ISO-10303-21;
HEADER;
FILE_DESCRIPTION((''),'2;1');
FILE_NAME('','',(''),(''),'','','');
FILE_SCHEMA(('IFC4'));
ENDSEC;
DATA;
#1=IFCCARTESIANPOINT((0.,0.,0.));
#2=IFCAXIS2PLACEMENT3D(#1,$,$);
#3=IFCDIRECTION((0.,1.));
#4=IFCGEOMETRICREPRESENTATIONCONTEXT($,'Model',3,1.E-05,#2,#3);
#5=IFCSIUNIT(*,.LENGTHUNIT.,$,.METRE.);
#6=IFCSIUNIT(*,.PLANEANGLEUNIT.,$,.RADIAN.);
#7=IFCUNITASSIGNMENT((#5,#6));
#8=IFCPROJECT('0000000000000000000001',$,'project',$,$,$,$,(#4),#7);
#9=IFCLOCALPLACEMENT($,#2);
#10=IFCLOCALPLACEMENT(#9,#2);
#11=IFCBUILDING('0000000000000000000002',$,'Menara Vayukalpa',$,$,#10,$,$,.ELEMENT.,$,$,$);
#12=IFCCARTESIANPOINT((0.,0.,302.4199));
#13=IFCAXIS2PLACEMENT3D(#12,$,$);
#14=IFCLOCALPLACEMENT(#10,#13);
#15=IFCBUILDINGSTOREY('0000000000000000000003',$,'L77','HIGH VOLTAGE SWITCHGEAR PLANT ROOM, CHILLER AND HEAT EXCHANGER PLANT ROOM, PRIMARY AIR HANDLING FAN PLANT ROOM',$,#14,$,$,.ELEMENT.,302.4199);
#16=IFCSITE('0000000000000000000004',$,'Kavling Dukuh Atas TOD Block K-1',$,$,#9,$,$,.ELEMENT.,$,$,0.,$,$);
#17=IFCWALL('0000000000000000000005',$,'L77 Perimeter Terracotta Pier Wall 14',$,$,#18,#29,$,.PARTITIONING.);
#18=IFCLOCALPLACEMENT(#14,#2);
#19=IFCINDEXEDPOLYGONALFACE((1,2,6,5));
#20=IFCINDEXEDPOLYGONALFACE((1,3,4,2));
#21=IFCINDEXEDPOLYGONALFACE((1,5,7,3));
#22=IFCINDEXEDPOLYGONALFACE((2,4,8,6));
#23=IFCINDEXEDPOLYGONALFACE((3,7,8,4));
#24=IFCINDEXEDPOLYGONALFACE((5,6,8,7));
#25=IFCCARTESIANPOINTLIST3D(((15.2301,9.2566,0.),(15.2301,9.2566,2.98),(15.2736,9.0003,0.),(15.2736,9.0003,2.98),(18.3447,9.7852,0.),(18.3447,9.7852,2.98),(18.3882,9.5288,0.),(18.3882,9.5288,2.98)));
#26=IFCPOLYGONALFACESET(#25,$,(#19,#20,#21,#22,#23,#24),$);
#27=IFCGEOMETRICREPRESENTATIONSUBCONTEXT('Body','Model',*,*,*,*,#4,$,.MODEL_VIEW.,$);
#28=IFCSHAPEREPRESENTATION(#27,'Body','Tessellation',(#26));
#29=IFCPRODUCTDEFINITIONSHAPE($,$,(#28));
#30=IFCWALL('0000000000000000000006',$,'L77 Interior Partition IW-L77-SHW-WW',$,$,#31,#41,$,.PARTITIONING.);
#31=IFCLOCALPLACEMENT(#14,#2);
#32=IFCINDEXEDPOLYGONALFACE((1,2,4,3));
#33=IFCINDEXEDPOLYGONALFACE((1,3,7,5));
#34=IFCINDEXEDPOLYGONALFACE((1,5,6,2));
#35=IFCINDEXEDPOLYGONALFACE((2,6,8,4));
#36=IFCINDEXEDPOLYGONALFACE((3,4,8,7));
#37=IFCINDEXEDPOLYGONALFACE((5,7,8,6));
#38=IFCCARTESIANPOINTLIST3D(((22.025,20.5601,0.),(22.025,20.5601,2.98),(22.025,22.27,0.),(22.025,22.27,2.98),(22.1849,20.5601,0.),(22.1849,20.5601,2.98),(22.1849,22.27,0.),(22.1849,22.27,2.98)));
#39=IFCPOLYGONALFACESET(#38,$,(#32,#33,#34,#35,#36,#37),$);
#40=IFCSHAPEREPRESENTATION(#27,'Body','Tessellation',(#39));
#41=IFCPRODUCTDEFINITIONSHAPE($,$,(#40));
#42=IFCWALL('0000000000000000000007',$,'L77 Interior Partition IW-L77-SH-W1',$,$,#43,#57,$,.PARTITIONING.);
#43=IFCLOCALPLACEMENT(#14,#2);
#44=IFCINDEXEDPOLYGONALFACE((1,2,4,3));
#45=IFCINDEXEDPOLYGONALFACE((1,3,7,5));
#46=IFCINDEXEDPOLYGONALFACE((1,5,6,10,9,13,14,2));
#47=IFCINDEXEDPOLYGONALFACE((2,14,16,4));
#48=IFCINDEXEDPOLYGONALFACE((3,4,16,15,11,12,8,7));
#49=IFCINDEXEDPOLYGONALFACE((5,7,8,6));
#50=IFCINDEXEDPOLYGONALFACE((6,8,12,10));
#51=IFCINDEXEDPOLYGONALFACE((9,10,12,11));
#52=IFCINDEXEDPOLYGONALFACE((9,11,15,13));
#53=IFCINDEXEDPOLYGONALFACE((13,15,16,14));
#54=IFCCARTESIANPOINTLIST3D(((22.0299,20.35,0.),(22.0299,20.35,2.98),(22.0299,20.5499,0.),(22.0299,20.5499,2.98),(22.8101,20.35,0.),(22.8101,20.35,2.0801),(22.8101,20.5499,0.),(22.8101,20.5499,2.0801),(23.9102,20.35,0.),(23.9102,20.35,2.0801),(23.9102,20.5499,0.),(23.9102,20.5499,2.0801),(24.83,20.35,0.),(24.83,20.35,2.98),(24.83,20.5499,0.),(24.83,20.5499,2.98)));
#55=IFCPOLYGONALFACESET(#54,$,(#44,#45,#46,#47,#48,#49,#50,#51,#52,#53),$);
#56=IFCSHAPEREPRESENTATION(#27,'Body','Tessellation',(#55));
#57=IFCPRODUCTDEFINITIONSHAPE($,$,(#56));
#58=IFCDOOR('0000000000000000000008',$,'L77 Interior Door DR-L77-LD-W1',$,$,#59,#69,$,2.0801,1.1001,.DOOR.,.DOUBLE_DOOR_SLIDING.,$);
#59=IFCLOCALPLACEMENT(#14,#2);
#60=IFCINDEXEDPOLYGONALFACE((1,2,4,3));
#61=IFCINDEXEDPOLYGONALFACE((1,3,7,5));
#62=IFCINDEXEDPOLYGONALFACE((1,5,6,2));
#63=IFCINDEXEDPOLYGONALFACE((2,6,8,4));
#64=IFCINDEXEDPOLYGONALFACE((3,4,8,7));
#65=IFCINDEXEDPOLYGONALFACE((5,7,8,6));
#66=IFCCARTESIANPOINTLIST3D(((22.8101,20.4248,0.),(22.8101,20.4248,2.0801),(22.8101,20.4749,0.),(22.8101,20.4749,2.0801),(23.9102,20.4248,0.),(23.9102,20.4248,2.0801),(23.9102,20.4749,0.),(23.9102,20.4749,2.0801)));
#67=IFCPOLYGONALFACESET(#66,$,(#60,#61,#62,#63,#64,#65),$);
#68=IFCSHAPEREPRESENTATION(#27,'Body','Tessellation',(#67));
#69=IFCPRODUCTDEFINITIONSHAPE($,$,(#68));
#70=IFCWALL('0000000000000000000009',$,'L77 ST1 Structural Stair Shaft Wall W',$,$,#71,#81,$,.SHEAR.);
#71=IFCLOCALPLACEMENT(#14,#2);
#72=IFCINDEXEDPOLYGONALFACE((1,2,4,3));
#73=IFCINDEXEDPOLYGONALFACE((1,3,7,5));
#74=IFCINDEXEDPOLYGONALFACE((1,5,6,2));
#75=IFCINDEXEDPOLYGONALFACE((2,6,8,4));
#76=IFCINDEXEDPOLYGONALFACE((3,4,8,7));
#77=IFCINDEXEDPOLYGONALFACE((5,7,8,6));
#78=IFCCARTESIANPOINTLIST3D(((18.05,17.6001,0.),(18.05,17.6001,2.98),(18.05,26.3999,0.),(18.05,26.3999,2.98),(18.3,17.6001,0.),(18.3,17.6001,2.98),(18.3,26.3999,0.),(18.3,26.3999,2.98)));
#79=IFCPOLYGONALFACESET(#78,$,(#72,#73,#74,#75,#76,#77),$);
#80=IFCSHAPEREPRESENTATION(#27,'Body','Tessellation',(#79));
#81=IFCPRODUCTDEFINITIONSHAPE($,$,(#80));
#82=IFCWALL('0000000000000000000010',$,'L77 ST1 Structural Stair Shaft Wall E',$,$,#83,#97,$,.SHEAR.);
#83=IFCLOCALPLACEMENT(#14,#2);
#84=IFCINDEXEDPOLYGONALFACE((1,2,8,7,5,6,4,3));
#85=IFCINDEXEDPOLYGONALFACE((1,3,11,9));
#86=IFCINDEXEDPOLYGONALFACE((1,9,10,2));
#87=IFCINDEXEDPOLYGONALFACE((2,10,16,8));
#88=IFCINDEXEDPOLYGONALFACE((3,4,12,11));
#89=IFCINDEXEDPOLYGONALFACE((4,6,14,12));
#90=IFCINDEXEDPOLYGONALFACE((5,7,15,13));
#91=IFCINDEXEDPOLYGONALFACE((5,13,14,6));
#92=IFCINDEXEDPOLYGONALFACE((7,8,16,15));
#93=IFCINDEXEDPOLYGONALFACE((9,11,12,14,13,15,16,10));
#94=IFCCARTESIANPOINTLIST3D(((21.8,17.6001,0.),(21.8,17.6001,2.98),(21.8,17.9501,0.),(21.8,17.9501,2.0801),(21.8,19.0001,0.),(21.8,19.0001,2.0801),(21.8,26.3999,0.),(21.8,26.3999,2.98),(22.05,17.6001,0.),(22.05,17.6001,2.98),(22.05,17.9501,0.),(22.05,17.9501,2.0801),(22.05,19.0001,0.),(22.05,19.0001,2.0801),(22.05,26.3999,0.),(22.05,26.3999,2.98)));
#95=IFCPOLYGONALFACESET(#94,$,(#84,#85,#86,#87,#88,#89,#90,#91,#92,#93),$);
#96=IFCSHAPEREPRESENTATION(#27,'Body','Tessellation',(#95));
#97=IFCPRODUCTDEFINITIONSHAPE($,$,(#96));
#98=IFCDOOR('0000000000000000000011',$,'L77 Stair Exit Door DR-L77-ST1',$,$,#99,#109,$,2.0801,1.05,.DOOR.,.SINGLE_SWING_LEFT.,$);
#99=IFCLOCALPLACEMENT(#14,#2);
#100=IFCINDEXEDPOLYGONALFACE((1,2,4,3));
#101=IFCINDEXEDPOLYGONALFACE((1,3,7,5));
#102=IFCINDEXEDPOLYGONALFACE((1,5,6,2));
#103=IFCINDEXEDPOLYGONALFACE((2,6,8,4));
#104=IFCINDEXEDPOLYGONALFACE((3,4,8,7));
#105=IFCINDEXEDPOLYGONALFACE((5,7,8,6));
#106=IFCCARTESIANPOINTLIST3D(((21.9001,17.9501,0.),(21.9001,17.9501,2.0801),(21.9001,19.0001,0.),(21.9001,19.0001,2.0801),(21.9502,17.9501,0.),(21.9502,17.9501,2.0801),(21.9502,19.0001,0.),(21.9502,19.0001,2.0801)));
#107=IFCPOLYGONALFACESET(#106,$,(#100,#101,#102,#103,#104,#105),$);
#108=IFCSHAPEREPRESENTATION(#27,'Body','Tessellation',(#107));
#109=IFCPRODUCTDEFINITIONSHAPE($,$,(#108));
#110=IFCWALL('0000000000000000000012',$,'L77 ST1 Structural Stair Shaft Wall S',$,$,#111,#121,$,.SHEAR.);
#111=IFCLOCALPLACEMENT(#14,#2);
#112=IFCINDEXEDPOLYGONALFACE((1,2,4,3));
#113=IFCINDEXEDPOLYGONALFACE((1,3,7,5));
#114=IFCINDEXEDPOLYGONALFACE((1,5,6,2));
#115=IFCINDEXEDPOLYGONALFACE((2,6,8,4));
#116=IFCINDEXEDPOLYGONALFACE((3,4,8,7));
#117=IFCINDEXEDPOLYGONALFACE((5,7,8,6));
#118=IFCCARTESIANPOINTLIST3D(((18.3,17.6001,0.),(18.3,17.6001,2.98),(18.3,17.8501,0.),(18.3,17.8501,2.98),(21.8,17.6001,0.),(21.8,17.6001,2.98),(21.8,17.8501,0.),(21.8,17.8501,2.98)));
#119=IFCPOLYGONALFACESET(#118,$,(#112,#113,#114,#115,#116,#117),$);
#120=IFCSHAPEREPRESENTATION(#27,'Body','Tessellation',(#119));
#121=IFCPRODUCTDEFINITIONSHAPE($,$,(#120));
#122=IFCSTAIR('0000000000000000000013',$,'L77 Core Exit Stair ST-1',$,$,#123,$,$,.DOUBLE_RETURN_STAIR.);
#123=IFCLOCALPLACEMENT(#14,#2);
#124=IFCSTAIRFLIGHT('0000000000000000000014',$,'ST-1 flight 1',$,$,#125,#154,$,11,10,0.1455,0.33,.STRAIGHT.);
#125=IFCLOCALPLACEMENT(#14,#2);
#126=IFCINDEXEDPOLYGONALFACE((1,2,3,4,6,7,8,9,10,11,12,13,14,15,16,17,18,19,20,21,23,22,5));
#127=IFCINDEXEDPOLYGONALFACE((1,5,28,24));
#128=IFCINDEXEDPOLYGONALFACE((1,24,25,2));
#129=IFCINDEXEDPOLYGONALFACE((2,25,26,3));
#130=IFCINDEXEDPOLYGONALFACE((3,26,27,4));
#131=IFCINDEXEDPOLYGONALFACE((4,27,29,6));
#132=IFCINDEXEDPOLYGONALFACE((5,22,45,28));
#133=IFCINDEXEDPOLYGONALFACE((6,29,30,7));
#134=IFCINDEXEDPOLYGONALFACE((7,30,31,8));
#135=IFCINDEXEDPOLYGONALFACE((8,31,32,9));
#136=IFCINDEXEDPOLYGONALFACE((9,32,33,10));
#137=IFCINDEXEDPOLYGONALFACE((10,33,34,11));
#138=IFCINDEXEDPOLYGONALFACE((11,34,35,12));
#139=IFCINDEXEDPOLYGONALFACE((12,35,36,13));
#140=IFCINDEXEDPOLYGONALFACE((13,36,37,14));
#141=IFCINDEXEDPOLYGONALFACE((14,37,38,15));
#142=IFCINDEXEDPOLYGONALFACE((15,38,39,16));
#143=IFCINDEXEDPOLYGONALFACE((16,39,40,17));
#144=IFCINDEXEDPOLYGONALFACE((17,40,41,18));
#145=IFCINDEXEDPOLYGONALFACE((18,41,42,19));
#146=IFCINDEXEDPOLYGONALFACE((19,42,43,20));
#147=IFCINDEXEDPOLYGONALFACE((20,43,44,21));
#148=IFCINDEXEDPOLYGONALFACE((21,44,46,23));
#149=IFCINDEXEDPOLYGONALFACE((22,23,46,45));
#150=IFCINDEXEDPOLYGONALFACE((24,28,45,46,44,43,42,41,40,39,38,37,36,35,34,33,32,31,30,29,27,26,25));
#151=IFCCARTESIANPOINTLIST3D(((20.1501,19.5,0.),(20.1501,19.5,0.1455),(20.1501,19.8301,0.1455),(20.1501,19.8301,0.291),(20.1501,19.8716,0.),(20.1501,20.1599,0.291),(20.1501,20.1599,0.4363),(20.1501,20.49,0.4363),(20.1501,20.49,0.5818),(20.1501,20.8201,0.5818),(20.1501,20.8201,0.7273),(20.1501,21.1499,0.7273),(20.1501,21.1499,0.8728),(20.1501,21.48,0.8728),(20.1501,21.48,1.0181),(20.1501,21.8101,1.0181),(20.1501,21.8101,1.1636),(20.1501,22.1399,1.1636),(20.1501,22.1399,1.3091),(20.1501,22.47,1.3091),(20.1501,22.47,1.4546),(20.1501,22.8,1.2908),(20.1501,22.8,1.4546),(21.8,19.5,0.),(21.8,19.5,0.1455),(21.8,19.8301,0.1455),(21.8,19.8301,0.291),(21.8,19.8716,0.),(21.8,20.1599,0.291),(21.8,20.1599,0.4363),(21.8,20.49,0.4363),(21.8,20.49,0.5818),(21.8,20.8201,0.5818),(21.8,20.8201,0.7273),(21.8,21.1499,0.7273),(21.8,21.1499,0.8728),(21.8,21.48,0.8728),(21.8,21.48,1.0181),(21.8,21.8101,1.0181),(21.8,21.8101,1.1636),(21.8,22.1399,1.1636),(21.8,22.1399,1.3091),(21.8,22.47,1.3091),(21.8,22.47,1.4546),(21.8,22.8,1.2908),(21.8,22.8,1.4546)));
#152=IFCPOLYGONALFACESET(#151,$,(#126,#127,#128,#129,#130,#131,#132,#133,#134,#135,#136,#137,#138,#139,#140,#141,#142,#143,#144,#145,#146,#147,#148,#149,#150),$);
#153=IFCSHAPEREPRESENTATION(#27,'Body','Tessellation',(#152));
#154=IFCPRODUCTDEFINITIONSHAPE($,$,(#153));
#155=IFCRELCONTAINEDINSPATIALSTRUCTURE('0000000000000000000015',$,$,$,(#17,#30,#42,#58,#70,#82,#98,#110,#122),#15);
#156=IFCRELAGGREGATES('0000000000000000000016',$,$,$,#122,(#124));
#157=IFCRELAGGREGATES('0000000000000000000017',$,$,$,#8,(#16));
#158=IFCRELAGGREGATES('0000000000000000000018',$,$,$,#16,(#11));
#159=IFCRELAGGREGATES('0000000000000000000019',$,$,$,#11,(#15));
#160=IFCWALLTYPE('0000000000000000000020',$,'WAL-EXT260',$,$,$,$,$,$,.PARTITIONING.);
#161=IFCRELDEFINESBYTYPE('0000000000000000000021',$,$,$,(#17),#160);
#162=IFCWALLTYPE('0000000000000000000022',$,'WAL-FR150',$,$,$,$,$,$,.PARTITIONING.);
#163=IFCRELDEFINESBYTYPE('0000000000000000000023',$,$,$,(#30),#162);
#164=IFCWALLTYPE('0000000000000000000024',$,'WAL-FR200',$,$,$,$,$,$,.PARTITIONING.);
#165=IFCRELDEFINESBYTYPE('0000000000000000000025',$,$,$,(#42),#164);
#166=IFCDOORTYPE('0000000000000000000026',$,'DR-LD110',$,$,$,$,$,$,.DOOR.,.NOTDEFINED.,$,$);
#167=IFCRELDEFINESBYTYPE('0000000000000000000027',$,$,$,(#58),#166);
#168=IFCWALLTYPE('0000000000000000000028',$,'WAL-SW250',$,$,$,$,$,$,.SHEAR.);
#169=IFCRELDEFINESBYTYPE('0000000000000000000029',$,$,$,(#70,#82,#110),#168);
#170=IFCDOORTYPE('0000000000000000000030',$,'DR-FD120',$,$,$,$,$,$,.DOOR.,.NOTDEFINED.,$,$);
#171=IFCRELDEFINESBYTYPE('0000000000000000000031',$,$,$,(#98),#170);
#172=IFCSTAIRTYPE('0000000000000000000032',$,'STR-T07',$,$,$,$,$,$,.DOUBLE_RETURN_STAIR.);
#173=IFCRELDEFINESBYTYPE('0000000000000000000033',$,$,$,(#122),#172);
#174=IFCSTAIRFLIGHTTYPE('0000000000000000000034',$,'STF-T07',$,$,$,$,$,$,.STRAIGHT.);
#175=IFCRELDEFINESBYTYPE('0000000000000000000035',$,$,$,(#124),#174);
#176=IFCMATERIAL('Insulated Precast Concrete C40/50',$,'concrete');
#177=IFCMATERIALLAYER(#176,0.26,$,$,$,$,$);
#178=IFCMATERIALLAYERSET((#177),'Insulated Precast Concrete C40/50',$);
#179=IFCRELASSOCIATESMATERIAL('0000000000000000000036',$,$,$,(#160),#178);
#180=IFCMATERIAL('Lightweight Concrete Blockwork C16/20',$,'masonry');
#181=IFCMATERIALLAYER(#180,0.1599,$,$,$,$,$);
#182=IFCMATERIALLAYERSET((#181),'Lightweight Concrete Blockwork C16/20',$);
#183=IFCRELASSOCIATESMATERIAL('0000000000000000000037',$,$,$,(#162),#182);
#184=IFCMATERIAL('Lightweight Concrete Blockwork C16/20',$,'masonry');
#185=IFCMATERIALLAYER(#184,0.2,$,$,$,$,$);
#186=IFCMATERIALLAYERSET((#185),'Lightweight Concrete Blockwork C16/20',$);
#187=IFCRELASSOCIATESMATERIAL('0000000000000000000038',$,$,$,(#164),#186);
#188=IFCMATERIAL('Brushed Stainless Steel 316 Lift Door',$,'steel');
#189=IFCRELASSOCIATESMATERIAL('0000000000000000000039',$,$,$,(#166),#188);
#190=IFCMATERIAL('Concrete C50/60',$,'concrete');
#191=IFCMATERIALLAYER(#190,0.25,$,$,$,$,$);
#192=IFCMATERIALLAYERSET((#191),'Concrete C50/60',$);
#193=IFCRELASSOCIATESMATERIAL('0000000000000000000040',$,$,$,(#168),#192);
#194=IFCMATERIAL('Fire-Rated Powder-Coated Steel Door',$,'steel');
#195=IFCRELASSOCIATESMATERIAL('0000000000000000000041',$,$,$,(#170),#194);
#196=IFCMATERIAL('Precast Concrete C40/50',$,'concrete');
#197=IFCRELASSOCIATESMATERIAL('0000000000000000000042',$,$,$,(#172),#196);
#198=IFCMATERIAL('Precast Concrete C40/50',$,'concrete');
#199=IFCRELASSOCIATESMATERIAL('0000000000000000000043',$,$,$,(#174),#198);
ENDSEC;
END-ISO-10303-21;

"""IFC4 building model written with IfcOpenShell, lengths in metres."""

from ifc_helpers import new_model, si_unit, direction, frame, frame_2d, origin, place, context, subcontext, project, spatial, polyline, rectangle, outline, extrude, material, layer, layer_set, type_object, element, fill, aggregate, save


model = new_model("IFC4")

# Units and contexts
model_context = context("Model", 3, precision=1e-05, world=origin(), true_north=direction((0.0, 1.0)))
body_context = subcontext(model_context, "Body", "Model", "MODEL_VIEW")
ifc_project = project(units=[si_unit("LENGTHUNIT", "METRE"), si_unit("PLANEANGLEUNIT", "RADIAN")], contexts=[model_context])

# Site, building, storey
site_placement = place(None, origin())
site = spatial("IfcSite", under=ifc_project, at=site_placement, Name="Kavling Dukuh Atas TOD Block K-1", CompositionType="ELEMENT", RefElevation=0.0)
building_placement = place(site_placement, origin())
building = spatial("IfcBuilding", under=site, at=building_placement, Name="Menara Vayukalpa", CompositionType="ELEMENT")
storey_placement = place(building_placement, frame((0.0, 0.0, 302.4199)))
storey = spatial("IfcBuildingStorey", under=building, at=storey_placement, Name="L77", Description="HIGH VOLTAGE SWITCHGEAR PLANT ROOM, CHILLER AND HEAT EXCHANGER PLANT ROOM, PRIMARY AIR HANDLING FAN PLANT ROOM", CompositionType="ELEMENT", Elevation=302.4199)

# Walls
ifc_material_1 = material(Name="Insulated Precast Concrete C40/50", Category="concrete")
ifc_layer_1 = layer(ifc_material_1, 0.26)
ifc_layer_set_1 = layer_set([ifc_layer_1], Name="Insulated Precast Concrete C40/50")
wall_type_1 = type_object("IfcWallType", Name="WAL-EXT260", PredefinedType="PARTITIONING", material=ifc_layer_set_1)
wall_1_placement = place(storey_placement, frame((18.3665, 9.657, 0.0), z_axis=(0.0, 0.0, 1.0), x_axis=(-0.985905, -0.167306, 0.0)))
element("IfcWall", 1, at=wall_1_placement, inside=storey, type_object=wall_type_1, Name="L77 Perimeter Terracotta Pier Wall 14", PredefinedType="PARTITIONING", context=body_context, shape_type="SweptSolid", body=[
    extrude(rectangle(XDim=3.1592, YDim=0.26, at=frame_2d((1.5796, 0.0))), origin(), (0.0, 0.0, 1.0), 2.98),
])
ifc_material_2 = material(Name="Lightweight Concrete Blockwork C16/20", Category="masonry")
ifc_layer_2 = layer(ifc_material_2, 0.1599)
ifc_layer_set_2 = layer_set([ifc_layer_2], Name="Lightweight Concrete Blockwork C16/20")
wall_type_2 = type_object("IfcWallType", Name="WAL-FR150", PredefinedType="PARTITIONING", material=ifc_layer_set_2)
wall_2_placement = place(storey_placement, frame((22.105, 20.5601, 0.0), z_axis=(0.0, 0.0, 1.0), x_axis=(0.0, 1.0, 0.0)))
element("IfcWall", 2, at=wall_2_placement, inside=storey, type_object=wall_type_2, Name="L77 Interior Partition IW-L77-SHW-WW", PredefinedType="PARTITIONING", context=body_context, shape_type="SweptSolid", body=[
    extrude(rectangle(XDim=1.71, YDim=0.1599, at=frame_2d((0.855, 0.0))), origin(), (0.0, 0.0, 1.0), 2.98),
])

# Wall, opening, door
ifc_material_3 = material(Name="Lightweight Concrete Blockwork C16/20", Category="masonry")
ifc_layer_3 = layer(ifc_material_3, 0.2)
ifc_layer_set_3 = layer_set([ifc_layer_3], Name="Lightweight Concrete Blockwork C16/20")
wall_type_3 = type_object("IfcWallType", Name="WAL-FR200", PredefinedType="PARTITIONING", material=ifc_layer_set_3)
wall_3_placement = place(storey_placement, frame((22.03, 20.45, 0.0), z_axis=(0.0, 0.0, 1.0), x_axis=(1.0, 0.0, 0.0)))
wall_3 = element("IfcWall", 3, at=wall_3_placement, inside=storey, type_object=wall_type_3, Name="L77 Interior Partition IW-L77-SH-W1", PredefinedType="PARTITIONING", context=body_context, shape_type="SweptSolid", body=[
    extrude(rectangle(XDim=2.8, YDim=0.2, at=frame_2d((1.3999, 0.0))), origin(), (0.0, 0.0, 1.0), 2.98),
])
opening_1_placement = place(wall_3_placement, frame((0.78, 0.0, 0.0)))
opening_1 = element("IfcOpeningElement", 4, at=opening_1_placement, cuts=wall_3, PredefinedType="OPENING", context=body_context, shape_type="SweptSolid", body=[
    extrude(rectangle(XDim=1.1001, YDim=2.0801, at=frame_2d((0.55, 1.04))), frame((0.0, 0.1099, 0.0), z_axis=(0.0, -1.0, 0.0), x_axis=(1.0, 0.0, 0.0)), (0.0, 0.0, 1.0), 0.22),
])
ifc_material_4 = material(Name="Brushed Stainless Steel 316 Lift Door", Category="steel")
door_type_1 = type_object("IfcDoorType", Name="DR-LD110", OperationType="NOTDEFINED", PredefinedType="DOOR", material=ifc_material_4)
door_1_placement = place(opening_1_placement, origin())
door_1 = element("IfcDoor", 5, at=door_1_placement, inside=storey, type_object=door_type_1, Name="L77 Interior Door DR-L77-LD-W1", OperationType="DOUBLE_DOOR_SLIDING", OverallHeight=2.0801, OverallWidth=1.1001, PredefinedType="DOOR", context=body_context, shape_type="SweptSolid", body=[
    extrude(rectangle(XDim=1.1001, YDim=2.0801, at=frame_2d((0.55, 1.04))), frame((0.0, 0.0249, 0.0), z_axis=(0.0, -1.0, 0.0), x_axis=(1.0, 0.0, 0.0)), (0.0, 0.0, 1.0), 0.05),
])
fill(opening_1, door_1)

# Wall
ifc_material_5 = material(Name="Concrete C50/60", Category="concrete")
ifc_layer_4 = layer(ifc_material_5, 0.25)
ifc_layer_set_4 = layer_set([ifc_layer_4], Name="Concrete C50/60")
wall_type_4 = type_object("IfcWallType", Name="WAL-SW250", PredefinedType="SHEAR", material=ifc_layer_set_4)
wall_4_placement = place(storey_placement, frame((18.175, 17.6001, 0.0), z_axis=(0.0, 0.0, 1.0), x_axis=(0.0, 1.0, 0.0)))
element("IfcWall", 6, at=wall_4_placement, inside=storey, type_object=wall_type_4, Name="L77 ST1 Structural Stair Shaft Wall W", PredefinedType="SHEAR", context=body_context, shape_type="SweptSolid", body=[
    extrude(rectangle(XDim=8.7998, YDim=0.25, at=frame_2d((4.3999, 0.0))), origin(), (0.0, 0.0, 1.0), 2.98),
])

# Wall, opening, door
wall_5_placement = place(storey_placement, frame((21.925, 17.6001, 0.0), z_axis=(0.0, 0.0, 1.0), x_axis=(0.0, 1.0, 0.0)))
wall_5 = element("IfcWall", 7, at=wall_5_placement, inside=storey, type_object=wall_type_4, Name="L77 ST1 Structural Stair Shaft Wall E", PredefinedType="SHEAR", context=body_context, shape_type="SweptSolid", body=[
    extrude(rectangle(XDim=8.7998, YDim=0.25, at=frame_2d((4.3999, 0.0))), origin(), (0.0, 0.0, 1.0), 2.98),
])
opening_2_placement = place(wall_5_placement, frame((0.3501, 0.0, 0.0)))
opening_2 = element("IfcOpeningElement", 8, at=opening_2_placement, cuts=wall_5, PredefinedType="OPENING", context=body_context, shape_type="SweptSolid", body=[
    extrude(rectangle(XDim=1.05, YDim=2.0801, at=frame_2d((0.5249, 1.04))), frame((0.0, 0.135, 0.0), z_axis=(0.0, -1.0, 0.0), x_axis=(1.0, 0.0, 0.0)), (0.0, 0.0, 1.0), 0.27),
])
ifc_material_6 = material(Name="Fire-Rated Powder-Coated Steel Door", Category="steel")
door_type_2 = type_object("IfcDoorType", Name="DR-FD120", OperationType="NOTDEFINED", PredefinedType="DOOR", material=ifc_material_6)
door_2_placement = place(opening_2_placement, origin())
door_2 = element("IfcDoor", 9, at=door_2_placement, inside=storey, type_object=door_type_2, Name="L77 Stair Exit Door DR-L77-ST1", OperationType="SINGLE_SWING_LEFT", OverallHeight=2.0801, OverallWidth=1.05, PredefinedType="DOOR", context=body_context, shape_type="SweptSolid", body=[
    extrude(rectangle(XDim=1.05, YDim=2.0801, at=frame_2d((0.5249, 1.04))), frame((0.0, 0.0249, 0.0), z_axis=(0.0, -1.0, 0.0), x_axis=(1.0, 0.0, 0.0)), (0.0, 0.0, 1.0), 0.05),
])
fill(opening_2, door_2)

# Wall
wall_6_placement = place(storey_placement, frame((18.3, 17.7251, 0.0), z_axis=(0.0, 0.0, 1.0), x_axis=(1.0, 0.0, 0.0)))
element("IfcWall", 10, at=wall_6_placement, inside=storey, type_object=wall_type_4, Name="L77 ST1 Structural Stair Shaft Wall S", PredefinedType="SHEAR", context=body_context, shape_type="SweptSolid", body=[
    extrude(rectangle(XDim=3.5, YDim=0.25, at=frame_2d((1.75, 0.0))), origin(), (0.0, 0.0, 1.0), 2.98),
])

# Stair, stair flight
ifc_material_7 = material(Name="Precast Concrete C40/50", Category="concrete")
stair_type = type_object("IfcStairType", Name="STR-T07", PredefinedType="DOUBLE_RETURN_STAIR", material=ifc_material_7)
stair_placement = place(storey_placement, origin())
stair = element("IfcStair", 11, at=stair_placement, inside=storey, type_object=stair_type, Name="L77 Core Exit Stair ST-1", PredefinedType="DOUBLE_RETURN_STAIR")
ifc_material_8 = material(Name="Precast Concrete C40/50", Category="concrete")
stair_flight_type = type_object("IfcStairFlightType", Name="STF-T07", PredefinedType="STRAIGHT", material=ifc_material_8)
stair_flight_placement = place(storey_placement, frame((20.9751, 19.5, 0.0), z_axis=(0.0, 0.0, 1.0), x_axis=(0.0, 1.0, 0.0)))
stair_flight = element("IfcStairFlight", 12, at=stair_flight_placement, type_object=stair_flight_type, Name="ST-1 flight 1", NumberOfRisers=11, NumberOfTreads=10, PredefinedType="STRAIGHT", RiserHeight=0.1455, TreadLength=0.33, context=body_context, shape_type="SweptSolid", body=[
    extrude(outline(polyline([(0.0, 0.0), (0.0, 0.1455), (0.3301, 0.1455), (0.3301, 0.291), (0.6599, 0.291), (0.6599, 0.4363), (0.99, 0.4363), (0.99, 0.5818), (1.3201, 0.5818), (1.3201, 0.7273), (1.6499, 0.7273), (1.6499, 0.8728), (1.98, 0.8728), (1.98, 1.0181), (2.3101, 1.0181), (2.3101, 1.1636), (2.6399, 1.1636), (2.6399, 1.3091), (2.97, 1.3091), (2.97, 1.4546), (3.3, 1.4546), (3.3, 1.6001), (3.3, 1.2908), (0.3716, 0.0), (0.0, 0.0)])), frame((0.0, 0.825, 0.0), z_axis=(0.0, -1.0, 0.0), x_axis=(1.0, 0.0, 0.0)), (0.0, 0.0, 1.0), 1.6499),
])
aggregate(stair, [stair_flight])

save(model, "model.ifc")
